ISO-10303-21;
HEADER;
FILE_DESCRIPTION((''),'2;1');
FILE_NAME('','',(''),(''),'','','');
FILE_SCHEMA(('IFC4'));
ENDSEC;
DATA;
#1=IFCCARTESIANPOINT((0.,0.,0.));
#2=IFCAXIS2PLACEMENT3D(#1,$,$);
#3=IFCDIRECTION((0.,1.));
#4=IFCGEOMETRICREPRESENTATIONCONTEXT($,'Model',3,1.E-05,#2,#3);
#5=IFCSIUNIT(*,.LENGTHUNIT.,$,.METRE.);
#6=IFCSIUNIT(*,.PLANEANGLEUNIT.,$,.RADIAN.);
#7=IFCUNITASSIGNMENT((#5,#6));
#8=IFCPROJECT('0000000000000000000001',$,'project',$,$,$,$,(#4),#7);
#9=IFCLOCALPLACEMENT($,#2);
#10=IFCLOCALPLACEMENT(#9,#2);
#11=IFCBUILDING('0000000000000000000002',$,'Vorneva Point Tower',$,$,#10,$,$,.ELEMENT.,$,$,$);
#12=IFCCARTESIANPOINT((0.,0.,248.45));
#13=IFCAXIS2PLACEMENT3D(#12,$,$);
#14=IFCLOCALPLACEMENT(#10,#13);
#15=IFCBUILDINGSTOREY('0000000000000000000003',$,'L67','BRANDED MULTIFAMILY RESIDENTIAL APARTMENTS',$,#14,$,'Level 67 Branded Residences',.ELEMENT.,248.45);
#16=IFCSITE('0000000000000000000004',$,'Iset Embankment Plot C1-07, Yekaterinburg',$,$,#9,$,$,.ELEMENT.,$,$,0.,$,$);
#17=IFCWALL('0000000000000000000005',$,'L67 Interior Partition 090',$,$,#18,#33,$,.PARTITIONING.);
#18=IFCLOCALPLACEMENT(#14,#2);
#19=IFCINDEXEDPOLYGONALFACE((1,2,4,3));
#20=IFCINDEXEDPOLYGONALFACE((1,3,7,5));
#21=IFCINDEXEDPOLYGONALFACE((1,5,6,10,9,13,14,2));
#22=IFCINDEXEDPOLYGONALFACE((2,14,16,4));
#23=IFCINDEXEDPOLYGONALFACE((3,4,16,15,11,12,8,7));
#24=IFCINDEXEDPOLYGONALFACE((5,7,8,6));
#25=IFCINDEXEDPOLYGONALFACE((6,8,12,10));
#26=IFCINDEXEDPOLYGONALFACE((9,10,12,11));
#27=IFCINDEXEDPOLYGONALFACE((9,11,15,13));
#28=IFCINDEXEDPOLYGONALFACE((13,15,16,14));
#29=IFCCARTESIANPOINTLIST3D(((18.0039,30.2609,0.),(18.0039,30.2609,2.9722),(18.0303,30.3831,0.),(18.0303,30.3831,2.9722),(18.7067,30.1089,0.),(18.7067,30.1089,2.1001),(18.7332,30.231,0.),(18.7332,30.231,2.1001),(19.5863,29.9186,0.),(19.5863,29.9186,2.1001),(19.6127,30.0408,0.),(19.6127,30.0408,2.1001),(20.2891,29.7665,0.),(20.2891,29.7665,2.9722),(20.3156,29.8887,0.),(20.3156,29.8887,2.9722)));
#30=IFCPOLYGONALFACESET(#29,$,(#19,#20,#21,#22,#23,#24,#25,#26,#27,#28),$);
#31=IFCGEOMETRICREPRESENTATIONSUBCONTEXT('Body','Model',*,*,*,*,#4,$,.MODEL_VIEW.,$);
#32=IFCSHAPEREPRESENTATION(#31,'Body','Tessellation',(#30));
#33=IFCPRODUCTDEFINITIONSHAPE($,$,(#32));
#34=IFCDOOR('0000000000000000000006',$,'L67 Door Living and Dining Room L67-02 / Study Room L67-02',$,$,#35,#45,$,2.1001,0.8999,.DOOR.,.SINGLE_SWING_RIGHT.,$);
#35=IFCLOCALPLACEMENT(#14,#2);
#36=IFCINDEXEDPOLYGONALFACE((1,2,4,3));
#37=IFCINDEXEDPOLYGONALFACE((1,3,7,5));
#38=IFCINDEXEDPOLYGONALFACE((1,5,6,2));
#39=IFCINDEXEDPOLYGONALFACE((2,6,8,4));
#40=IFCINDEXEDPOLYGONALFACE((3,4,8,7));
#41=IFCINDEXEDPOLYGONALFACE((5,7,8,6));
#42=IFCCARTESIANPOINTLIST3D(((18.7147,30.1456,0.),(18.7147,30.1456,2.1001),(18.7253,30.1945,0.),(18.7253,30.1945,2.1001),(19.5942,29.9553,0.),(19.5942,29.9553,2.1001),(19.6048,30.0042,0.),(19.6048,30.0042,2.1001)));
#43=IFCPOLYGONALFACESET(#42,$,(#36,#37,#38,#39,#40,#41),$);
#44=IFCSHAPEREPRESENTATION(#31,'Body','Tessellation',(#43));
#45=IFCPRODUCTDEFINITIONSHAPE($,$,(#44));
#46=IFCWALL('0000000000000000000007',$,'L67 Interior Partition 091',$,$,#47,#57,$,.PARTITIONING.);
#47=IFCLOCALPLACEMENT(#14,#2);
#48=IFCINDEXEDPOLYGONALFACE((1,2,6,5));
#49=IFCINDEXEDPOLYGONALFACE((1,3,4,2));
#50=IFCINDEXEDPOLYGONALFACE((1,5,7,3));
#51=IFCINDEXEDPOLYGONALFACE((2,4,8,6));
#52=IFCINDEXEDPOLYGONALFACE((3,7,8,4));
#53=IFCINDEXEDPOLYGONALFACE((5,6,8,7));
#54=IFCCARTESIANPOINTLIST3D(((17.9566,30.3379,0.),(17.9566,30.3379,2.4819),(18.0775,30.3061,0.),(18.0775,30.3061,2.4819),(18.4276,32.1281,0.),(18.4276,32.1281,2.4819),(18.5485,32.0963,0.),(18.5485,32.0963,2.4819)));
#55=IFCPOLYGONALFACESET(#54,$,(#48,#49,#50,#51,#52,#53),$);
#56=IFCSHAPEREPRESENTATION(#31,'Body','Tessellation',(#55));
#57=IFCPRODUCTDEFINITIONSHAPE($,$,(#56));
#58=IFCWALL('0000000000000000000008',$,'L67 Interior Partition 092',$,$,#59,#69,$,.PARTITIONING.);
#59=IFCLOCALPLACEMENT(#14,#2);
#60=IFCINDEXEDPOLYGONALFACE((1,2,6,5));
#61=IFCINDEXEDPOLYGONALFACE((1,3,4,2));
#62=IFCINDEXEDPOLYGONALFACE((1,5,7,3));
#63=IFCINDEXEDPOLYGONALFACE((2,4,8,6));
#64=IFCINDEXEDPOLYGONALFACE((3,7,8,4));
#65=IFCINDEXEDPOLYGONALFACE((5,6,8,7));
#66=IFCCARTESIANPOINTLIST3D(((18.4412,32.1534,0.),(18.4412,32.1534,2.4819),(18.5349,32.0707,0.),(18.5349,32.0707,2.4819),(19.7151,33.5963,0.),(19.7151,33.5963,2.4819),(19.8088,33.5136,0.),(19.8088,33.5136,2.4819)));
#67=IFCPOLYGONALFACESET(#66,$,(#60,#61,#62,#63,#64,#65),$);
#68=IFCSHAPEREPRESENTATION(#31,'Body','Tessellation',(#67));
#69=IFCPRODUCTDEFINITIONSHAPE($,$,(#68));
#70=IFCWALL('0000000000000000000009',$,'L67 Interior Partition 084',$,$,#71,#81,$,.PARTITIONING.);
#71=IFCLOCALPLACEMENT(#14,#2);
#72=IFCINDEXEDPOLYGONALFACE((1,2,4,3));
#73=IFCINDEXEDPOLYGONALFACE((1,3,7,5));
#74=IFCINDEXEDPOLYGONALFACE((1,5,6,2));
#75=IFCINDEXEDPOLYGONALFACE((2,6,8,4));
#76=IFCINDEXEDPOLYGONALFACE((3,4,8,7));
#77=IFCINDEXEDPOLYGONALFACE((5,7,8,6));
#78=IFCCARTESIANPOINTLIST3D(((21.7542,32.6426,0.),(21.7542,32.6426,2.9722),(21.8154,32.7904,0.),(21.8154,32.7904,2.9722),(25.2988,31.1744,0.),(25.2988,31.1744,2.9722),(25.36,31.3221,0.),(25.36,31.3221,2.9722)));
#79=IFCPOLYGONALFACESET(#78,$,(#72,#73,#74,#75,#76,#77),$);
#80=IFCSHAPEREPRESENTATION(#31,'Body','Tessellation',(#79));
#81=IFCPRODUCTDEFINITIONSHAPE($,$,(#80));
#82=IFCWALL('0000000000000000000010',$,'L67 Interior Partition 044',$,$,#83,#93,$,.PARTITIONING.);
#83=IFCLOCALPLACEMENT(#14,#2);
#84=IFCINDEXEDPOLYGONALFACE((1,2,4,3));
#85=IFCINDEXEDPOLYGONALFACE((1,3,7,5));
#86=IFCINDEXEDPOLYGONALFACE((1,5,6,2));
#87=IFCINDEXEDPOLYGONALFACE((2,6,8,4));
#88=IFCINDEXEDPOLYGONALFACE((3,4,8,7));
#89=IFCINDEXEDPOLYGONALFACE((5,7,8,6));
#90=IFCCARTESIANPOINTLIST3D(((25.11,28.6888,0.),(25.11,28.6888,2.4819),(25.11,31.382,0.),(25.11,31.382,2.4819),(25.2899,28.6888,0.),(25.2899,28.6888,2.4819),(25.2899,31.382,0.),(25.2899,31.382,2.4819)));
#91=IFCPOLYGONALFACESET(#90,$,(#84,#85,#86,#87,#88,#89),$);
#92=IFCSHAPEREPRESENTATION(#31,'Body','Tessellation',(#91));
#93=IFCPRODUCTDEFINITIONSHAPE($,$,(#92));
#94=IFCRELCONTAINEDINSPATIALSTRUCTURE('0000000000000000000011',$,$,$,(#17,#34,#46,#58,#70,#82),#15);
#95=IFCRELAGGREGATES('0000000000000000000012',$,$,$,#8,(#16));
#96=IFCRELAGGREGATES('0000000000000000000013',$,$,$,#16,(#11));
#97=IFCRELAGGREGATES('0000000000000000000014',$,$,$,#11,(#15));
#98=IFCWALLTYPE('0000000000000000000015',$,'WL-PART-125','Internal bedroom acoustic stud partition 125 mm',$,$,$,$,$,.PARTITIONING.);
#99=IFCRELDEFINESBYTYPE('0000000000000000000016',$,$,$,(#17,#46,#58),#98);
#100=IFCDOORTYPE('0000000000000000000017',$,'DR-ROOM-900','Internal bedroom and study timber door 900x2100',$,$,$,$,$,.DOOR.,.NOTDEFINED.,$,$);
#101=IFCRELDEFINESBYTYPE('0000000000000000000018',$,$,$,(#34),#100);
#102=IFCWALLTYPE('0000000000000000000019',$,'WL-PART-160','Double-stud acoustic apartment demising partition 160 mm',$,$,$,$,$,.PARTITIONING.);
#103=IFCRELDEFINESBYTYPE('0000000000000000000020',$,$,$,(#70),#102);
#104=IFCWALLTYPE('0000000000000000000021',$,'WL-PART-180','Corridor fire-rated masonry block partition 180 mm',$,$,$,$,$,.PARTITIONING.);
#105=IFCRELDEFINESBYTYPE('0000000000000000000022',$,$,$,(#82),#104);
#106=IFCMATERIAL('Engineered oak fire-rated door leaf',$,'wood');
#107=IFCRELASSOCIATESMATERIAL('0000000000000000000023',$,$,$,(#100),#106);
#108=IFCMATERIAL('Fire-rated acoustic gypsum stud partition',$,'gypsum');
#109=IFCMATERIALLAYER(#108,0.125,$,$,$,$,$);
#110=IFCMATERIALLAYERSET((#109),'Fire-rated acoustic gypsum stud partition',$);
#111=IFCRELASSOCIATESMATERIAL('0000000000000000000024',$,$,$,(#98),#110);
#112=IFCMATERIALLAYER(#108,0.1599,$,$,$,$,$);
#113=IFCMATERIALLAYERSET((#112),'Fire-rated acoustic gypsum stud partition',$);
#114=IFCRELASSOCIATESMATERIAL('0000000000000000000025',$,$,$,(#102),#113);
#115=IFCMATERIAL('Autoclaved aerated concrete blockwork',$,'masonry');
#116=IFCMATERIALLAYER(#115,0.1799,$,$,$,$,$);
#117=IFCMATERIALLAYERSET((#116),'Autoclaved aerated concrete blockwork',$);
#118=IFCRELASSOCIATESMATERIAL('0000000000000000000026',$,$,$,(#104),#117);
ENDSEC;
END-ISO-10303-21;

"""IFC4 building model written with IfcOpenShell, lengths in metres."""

from ifc_helpers import new_model, si_unit, direction, frame, frame_2d, origin, place, context, subcontext, project, spatial, rectangle, extrude, material, layer, layer_set, type_object, element, fill, save


model = new_model("IFC4")

# Units and contexts
model_context = context("Model", 3, precision=1e-05, world=origin(), true_north=direction((0.0, 1.0)))
body_context = subcontext(model_context, "Body", "Model", "MODEL_VIEW")
ifc_project = project(units=[si_unit("LENGTHUNIT", "METRE"), si_unit("PLANEANGLEUNIT", "RADIAN")], contexts=[model_context])

# Site, building, storey
site_placement = place(None, origin())
site = spatial("IfcSite", under=ifc_project, at=site_placement, Name="Iset Embankment Plot C1-07, Yekaterinburg", CompositionType="ELEMENT", RefElevation=0.0)
building_placement = place(site_placement, origin())
building = spatial("IfcBuilding", under=site, at=building_placement, Name="Vorneva Point Tower", CompositionType="ELEMENT")
storey_placement = place(building_placement, frame((0.0, 0.0, 248.45)))
storey = spatial("IfcBuildingStorey", under=building, at=storey_placement, Name="L67", Description="BRANDED MULTIFAMILY RESIDENTIAL APARTMENTS", LongName="Level 67 Branded Residences", CompositionType="ELEMENT", Elevation=248.45)

# Shared definitions
ifc_material_1 = material(Name="Fire-rated acoustic gypsum stud partition", Category="gypsum")
ifc_material_2 = material(Name="Engineered oak fire-rated door leaf", Category="wood")

# Shared definitions
door_type_1 = type_object("IfcDoorType", Name="DR-ROOM-900", Description="Internal bedroom and study timber door 900x2100", OperationType="NOTDEFINED", PredefinedType="DOOR", material=ifc_material_2)

# Wall, opening, door
ifc_layer_1 = layer(ifc_material_1, 0.125)
ifc_layer_set_1 = layer_set([ifc_layer_1], Name="Fire-rated acoustic gypsum stud partition")
wall_type_1 = type_object("IfcWallType", Name="WL-PART-125", Description="Internal bedroom acoustic stud partition 125 mm", PredefinedType="PARTITIONING", material=ifc_layer_set_1)
wall_1_placement = place(storey_placement, frame((20.3022, 29.8276, 0.0), z_axis=(0.0, 0.0, 1.0), x_axis=(-0.977388, 0.211454, 0.0)))
wall_1 = element("IfcWall", 1, at=wall_1_placement, inside=storey, type_object=wall_type_1, Name="L67 Interior Partition 090", PredefinedType="PARTITIONING", context=body_context, shape_type="SweptSolid", body=[
    extrude(rectangle(XDim=2.3381, YDim=0.125, at=frame_2d((1.1689, 0.0))), origin(), (0.0, 0.0, 1.0), 2.9722),
])
opening_1_placement = place(wall_1_placement, frame((0.719, 0.0, 0.0)))
opening_1 = element("IfcOpeningElement", 2, at=opening_1_placement, cuts=wall_1, PredefinedType="OPENING", context=body_context, shape_type="SweptSolid", body=[
    extrude(rectangle(XDim=0.8999, YDim=2.1001, at=frame_2d((0.45, 1.05))), frame((0.0, 0.0774, 0.0), z_axis=(0.0, -1.0, 0.0), x_axis=(1.0, 0.0, 0.0)), (0.0, 0.0, 1.0), 0.1548),
])
door_1_placement = place(opening_1_placement, origin())
door_1 = element("IfcDoor", 3, at=door_1_placement, inside=storey, type_object=door_type_1, Name="L67 Door Living and Dining Room L67-02 / Study Room L67-02", OperationType="SINGLE_SWING_RIGHT", OverallHeight=2.1001, OverallWidth=0.8999, PredefinedType="DOOR", context=body_context, shape_type="SweptSolid", body=[
    extrude(rectangle(XDim=0.8999, YDim=2.1001, at=frame_2d((0.45, 1.05))), frame((0.0, 0.0249, 0.0), z_axis=(0.0, -1.0, 0.0), x_axis=(1.0, 0.0, 0.0)), (0.0, 0.0, 1.0), 0.05),
])
fill(opening_1, door_1)

# Walls
wall_2_placement = place(storey_placement, frame((18.0171, 30.322, 0.0), z_axis=(0.0, 0.0, 1.0), x_axis=(0.254435, 0.96709, 0.0)))
element("IfcWall", 4, at=wall_2_placement, inside=storey, type_object=wall_type_1, Name="L67 Interior Partition 091", PredefinedType="PARTITIONING", context=body_context, shape_type="SweptSolid", body=[
    extrude(rectangle(XDim=1.8511, YDim=0.125, at=frame_2d((0.9255, 0.0))), origin(), (0.0, 0.0, 1.0), 2.4819),
])
wall_3_placement = place(storey_placement, frame((18.488, 32.1121, 0.0), z_axis=(0.0, 0.0, 1.0), x_axis=(0.661857, 0.749631, 0.0)))
element("IfcWall", 5, at=wall_3_placement, inside=storey, type_object=wall_type_1, Name="L67 Interior Partition 092", PredefinedType="PARTITIONING", context=body_context, shape_type="SweptSolid", body=[
    extrude(rectangle(XDim=1.9248, YDim=0.125, at=frame_2d((0.9624, 0.0))), origin(), (0.0, 0.0, 1.0), 2.4819),
])
ifc_layer_2 = layer(ifc_material_1, 0.1599)
ifc_layer_set_2 = layer_set([ifc_layer_2], Name="Fire-rated acoustic gypsum stud partition")
wall_type_2 = type_object("IfcWallType", Name="WL-PART-160", Description="Double-stud acoustic apartment demising partition 160 mm", PredefinedType="PARTITIONING", material=ifc_layer_set_2)
wall_4_placement = place(storey_placement, frame((21.7847, 32.7166, 0.0), z_axis=(0.0, 0.0, 1.0), x_axis=(0.923879, -0.382685, 0.0)))
element("IfcWall", 6, at=wall_4_placement, inside=storey, type_object=wall_type_2, Name="L67 Interior Partition 084", PredefinedType="PARTITIONING", context=body_context, shape_type="SweptSolid", body=[
    extrude(rectangle(XDim=3.8367, YDim=0.1599, at=frame_2d((1.9185, 0.0))), origin(), (0.0, 0.0, 1.0), 2.9722),
])

# Shared definitions
ifc_material_3 = material(Name="Autoclaved aerated concrete blockwork", Category="masonry")
ifc_layer_3 = layer(ifc_material_3, 0.1799)
ifc_layer_set_3 = layer_set([ifc_layer_3], Name="Autoclaved aerated concrete blockwork")
wall_type_3 = type_object("IfcWallType", Name="WL-PART-180", Description="Corridor fire-rated masonry block partition 180 mm", PredefinedType="PARTITIONING", material=ifc_layer_set_3)

# Wall
wall_5_placement = place(storey_placement, frame((25.2, 31.3821, 0.0), z_axis=(0.0, 0.0, 1.0), x_axis=(0.0, -1.0, 0.0)))
element("IfcWall", 7, at=wall_5_placement, inside=storey, type_object=wall_type_3, Name="L67 Interior Partition 044", PredefinedType="PARTITIONING", context=body_context, shape_type="SweptSolid", body=[
    extrude(rectangle(XDim=2.6931, YDim=0.1799, at=frame_2d((1.3467, 0.0))), origin(), (0.0, 0.0, 1.0), 2.4819),
])

save(model, "model.ifc")
